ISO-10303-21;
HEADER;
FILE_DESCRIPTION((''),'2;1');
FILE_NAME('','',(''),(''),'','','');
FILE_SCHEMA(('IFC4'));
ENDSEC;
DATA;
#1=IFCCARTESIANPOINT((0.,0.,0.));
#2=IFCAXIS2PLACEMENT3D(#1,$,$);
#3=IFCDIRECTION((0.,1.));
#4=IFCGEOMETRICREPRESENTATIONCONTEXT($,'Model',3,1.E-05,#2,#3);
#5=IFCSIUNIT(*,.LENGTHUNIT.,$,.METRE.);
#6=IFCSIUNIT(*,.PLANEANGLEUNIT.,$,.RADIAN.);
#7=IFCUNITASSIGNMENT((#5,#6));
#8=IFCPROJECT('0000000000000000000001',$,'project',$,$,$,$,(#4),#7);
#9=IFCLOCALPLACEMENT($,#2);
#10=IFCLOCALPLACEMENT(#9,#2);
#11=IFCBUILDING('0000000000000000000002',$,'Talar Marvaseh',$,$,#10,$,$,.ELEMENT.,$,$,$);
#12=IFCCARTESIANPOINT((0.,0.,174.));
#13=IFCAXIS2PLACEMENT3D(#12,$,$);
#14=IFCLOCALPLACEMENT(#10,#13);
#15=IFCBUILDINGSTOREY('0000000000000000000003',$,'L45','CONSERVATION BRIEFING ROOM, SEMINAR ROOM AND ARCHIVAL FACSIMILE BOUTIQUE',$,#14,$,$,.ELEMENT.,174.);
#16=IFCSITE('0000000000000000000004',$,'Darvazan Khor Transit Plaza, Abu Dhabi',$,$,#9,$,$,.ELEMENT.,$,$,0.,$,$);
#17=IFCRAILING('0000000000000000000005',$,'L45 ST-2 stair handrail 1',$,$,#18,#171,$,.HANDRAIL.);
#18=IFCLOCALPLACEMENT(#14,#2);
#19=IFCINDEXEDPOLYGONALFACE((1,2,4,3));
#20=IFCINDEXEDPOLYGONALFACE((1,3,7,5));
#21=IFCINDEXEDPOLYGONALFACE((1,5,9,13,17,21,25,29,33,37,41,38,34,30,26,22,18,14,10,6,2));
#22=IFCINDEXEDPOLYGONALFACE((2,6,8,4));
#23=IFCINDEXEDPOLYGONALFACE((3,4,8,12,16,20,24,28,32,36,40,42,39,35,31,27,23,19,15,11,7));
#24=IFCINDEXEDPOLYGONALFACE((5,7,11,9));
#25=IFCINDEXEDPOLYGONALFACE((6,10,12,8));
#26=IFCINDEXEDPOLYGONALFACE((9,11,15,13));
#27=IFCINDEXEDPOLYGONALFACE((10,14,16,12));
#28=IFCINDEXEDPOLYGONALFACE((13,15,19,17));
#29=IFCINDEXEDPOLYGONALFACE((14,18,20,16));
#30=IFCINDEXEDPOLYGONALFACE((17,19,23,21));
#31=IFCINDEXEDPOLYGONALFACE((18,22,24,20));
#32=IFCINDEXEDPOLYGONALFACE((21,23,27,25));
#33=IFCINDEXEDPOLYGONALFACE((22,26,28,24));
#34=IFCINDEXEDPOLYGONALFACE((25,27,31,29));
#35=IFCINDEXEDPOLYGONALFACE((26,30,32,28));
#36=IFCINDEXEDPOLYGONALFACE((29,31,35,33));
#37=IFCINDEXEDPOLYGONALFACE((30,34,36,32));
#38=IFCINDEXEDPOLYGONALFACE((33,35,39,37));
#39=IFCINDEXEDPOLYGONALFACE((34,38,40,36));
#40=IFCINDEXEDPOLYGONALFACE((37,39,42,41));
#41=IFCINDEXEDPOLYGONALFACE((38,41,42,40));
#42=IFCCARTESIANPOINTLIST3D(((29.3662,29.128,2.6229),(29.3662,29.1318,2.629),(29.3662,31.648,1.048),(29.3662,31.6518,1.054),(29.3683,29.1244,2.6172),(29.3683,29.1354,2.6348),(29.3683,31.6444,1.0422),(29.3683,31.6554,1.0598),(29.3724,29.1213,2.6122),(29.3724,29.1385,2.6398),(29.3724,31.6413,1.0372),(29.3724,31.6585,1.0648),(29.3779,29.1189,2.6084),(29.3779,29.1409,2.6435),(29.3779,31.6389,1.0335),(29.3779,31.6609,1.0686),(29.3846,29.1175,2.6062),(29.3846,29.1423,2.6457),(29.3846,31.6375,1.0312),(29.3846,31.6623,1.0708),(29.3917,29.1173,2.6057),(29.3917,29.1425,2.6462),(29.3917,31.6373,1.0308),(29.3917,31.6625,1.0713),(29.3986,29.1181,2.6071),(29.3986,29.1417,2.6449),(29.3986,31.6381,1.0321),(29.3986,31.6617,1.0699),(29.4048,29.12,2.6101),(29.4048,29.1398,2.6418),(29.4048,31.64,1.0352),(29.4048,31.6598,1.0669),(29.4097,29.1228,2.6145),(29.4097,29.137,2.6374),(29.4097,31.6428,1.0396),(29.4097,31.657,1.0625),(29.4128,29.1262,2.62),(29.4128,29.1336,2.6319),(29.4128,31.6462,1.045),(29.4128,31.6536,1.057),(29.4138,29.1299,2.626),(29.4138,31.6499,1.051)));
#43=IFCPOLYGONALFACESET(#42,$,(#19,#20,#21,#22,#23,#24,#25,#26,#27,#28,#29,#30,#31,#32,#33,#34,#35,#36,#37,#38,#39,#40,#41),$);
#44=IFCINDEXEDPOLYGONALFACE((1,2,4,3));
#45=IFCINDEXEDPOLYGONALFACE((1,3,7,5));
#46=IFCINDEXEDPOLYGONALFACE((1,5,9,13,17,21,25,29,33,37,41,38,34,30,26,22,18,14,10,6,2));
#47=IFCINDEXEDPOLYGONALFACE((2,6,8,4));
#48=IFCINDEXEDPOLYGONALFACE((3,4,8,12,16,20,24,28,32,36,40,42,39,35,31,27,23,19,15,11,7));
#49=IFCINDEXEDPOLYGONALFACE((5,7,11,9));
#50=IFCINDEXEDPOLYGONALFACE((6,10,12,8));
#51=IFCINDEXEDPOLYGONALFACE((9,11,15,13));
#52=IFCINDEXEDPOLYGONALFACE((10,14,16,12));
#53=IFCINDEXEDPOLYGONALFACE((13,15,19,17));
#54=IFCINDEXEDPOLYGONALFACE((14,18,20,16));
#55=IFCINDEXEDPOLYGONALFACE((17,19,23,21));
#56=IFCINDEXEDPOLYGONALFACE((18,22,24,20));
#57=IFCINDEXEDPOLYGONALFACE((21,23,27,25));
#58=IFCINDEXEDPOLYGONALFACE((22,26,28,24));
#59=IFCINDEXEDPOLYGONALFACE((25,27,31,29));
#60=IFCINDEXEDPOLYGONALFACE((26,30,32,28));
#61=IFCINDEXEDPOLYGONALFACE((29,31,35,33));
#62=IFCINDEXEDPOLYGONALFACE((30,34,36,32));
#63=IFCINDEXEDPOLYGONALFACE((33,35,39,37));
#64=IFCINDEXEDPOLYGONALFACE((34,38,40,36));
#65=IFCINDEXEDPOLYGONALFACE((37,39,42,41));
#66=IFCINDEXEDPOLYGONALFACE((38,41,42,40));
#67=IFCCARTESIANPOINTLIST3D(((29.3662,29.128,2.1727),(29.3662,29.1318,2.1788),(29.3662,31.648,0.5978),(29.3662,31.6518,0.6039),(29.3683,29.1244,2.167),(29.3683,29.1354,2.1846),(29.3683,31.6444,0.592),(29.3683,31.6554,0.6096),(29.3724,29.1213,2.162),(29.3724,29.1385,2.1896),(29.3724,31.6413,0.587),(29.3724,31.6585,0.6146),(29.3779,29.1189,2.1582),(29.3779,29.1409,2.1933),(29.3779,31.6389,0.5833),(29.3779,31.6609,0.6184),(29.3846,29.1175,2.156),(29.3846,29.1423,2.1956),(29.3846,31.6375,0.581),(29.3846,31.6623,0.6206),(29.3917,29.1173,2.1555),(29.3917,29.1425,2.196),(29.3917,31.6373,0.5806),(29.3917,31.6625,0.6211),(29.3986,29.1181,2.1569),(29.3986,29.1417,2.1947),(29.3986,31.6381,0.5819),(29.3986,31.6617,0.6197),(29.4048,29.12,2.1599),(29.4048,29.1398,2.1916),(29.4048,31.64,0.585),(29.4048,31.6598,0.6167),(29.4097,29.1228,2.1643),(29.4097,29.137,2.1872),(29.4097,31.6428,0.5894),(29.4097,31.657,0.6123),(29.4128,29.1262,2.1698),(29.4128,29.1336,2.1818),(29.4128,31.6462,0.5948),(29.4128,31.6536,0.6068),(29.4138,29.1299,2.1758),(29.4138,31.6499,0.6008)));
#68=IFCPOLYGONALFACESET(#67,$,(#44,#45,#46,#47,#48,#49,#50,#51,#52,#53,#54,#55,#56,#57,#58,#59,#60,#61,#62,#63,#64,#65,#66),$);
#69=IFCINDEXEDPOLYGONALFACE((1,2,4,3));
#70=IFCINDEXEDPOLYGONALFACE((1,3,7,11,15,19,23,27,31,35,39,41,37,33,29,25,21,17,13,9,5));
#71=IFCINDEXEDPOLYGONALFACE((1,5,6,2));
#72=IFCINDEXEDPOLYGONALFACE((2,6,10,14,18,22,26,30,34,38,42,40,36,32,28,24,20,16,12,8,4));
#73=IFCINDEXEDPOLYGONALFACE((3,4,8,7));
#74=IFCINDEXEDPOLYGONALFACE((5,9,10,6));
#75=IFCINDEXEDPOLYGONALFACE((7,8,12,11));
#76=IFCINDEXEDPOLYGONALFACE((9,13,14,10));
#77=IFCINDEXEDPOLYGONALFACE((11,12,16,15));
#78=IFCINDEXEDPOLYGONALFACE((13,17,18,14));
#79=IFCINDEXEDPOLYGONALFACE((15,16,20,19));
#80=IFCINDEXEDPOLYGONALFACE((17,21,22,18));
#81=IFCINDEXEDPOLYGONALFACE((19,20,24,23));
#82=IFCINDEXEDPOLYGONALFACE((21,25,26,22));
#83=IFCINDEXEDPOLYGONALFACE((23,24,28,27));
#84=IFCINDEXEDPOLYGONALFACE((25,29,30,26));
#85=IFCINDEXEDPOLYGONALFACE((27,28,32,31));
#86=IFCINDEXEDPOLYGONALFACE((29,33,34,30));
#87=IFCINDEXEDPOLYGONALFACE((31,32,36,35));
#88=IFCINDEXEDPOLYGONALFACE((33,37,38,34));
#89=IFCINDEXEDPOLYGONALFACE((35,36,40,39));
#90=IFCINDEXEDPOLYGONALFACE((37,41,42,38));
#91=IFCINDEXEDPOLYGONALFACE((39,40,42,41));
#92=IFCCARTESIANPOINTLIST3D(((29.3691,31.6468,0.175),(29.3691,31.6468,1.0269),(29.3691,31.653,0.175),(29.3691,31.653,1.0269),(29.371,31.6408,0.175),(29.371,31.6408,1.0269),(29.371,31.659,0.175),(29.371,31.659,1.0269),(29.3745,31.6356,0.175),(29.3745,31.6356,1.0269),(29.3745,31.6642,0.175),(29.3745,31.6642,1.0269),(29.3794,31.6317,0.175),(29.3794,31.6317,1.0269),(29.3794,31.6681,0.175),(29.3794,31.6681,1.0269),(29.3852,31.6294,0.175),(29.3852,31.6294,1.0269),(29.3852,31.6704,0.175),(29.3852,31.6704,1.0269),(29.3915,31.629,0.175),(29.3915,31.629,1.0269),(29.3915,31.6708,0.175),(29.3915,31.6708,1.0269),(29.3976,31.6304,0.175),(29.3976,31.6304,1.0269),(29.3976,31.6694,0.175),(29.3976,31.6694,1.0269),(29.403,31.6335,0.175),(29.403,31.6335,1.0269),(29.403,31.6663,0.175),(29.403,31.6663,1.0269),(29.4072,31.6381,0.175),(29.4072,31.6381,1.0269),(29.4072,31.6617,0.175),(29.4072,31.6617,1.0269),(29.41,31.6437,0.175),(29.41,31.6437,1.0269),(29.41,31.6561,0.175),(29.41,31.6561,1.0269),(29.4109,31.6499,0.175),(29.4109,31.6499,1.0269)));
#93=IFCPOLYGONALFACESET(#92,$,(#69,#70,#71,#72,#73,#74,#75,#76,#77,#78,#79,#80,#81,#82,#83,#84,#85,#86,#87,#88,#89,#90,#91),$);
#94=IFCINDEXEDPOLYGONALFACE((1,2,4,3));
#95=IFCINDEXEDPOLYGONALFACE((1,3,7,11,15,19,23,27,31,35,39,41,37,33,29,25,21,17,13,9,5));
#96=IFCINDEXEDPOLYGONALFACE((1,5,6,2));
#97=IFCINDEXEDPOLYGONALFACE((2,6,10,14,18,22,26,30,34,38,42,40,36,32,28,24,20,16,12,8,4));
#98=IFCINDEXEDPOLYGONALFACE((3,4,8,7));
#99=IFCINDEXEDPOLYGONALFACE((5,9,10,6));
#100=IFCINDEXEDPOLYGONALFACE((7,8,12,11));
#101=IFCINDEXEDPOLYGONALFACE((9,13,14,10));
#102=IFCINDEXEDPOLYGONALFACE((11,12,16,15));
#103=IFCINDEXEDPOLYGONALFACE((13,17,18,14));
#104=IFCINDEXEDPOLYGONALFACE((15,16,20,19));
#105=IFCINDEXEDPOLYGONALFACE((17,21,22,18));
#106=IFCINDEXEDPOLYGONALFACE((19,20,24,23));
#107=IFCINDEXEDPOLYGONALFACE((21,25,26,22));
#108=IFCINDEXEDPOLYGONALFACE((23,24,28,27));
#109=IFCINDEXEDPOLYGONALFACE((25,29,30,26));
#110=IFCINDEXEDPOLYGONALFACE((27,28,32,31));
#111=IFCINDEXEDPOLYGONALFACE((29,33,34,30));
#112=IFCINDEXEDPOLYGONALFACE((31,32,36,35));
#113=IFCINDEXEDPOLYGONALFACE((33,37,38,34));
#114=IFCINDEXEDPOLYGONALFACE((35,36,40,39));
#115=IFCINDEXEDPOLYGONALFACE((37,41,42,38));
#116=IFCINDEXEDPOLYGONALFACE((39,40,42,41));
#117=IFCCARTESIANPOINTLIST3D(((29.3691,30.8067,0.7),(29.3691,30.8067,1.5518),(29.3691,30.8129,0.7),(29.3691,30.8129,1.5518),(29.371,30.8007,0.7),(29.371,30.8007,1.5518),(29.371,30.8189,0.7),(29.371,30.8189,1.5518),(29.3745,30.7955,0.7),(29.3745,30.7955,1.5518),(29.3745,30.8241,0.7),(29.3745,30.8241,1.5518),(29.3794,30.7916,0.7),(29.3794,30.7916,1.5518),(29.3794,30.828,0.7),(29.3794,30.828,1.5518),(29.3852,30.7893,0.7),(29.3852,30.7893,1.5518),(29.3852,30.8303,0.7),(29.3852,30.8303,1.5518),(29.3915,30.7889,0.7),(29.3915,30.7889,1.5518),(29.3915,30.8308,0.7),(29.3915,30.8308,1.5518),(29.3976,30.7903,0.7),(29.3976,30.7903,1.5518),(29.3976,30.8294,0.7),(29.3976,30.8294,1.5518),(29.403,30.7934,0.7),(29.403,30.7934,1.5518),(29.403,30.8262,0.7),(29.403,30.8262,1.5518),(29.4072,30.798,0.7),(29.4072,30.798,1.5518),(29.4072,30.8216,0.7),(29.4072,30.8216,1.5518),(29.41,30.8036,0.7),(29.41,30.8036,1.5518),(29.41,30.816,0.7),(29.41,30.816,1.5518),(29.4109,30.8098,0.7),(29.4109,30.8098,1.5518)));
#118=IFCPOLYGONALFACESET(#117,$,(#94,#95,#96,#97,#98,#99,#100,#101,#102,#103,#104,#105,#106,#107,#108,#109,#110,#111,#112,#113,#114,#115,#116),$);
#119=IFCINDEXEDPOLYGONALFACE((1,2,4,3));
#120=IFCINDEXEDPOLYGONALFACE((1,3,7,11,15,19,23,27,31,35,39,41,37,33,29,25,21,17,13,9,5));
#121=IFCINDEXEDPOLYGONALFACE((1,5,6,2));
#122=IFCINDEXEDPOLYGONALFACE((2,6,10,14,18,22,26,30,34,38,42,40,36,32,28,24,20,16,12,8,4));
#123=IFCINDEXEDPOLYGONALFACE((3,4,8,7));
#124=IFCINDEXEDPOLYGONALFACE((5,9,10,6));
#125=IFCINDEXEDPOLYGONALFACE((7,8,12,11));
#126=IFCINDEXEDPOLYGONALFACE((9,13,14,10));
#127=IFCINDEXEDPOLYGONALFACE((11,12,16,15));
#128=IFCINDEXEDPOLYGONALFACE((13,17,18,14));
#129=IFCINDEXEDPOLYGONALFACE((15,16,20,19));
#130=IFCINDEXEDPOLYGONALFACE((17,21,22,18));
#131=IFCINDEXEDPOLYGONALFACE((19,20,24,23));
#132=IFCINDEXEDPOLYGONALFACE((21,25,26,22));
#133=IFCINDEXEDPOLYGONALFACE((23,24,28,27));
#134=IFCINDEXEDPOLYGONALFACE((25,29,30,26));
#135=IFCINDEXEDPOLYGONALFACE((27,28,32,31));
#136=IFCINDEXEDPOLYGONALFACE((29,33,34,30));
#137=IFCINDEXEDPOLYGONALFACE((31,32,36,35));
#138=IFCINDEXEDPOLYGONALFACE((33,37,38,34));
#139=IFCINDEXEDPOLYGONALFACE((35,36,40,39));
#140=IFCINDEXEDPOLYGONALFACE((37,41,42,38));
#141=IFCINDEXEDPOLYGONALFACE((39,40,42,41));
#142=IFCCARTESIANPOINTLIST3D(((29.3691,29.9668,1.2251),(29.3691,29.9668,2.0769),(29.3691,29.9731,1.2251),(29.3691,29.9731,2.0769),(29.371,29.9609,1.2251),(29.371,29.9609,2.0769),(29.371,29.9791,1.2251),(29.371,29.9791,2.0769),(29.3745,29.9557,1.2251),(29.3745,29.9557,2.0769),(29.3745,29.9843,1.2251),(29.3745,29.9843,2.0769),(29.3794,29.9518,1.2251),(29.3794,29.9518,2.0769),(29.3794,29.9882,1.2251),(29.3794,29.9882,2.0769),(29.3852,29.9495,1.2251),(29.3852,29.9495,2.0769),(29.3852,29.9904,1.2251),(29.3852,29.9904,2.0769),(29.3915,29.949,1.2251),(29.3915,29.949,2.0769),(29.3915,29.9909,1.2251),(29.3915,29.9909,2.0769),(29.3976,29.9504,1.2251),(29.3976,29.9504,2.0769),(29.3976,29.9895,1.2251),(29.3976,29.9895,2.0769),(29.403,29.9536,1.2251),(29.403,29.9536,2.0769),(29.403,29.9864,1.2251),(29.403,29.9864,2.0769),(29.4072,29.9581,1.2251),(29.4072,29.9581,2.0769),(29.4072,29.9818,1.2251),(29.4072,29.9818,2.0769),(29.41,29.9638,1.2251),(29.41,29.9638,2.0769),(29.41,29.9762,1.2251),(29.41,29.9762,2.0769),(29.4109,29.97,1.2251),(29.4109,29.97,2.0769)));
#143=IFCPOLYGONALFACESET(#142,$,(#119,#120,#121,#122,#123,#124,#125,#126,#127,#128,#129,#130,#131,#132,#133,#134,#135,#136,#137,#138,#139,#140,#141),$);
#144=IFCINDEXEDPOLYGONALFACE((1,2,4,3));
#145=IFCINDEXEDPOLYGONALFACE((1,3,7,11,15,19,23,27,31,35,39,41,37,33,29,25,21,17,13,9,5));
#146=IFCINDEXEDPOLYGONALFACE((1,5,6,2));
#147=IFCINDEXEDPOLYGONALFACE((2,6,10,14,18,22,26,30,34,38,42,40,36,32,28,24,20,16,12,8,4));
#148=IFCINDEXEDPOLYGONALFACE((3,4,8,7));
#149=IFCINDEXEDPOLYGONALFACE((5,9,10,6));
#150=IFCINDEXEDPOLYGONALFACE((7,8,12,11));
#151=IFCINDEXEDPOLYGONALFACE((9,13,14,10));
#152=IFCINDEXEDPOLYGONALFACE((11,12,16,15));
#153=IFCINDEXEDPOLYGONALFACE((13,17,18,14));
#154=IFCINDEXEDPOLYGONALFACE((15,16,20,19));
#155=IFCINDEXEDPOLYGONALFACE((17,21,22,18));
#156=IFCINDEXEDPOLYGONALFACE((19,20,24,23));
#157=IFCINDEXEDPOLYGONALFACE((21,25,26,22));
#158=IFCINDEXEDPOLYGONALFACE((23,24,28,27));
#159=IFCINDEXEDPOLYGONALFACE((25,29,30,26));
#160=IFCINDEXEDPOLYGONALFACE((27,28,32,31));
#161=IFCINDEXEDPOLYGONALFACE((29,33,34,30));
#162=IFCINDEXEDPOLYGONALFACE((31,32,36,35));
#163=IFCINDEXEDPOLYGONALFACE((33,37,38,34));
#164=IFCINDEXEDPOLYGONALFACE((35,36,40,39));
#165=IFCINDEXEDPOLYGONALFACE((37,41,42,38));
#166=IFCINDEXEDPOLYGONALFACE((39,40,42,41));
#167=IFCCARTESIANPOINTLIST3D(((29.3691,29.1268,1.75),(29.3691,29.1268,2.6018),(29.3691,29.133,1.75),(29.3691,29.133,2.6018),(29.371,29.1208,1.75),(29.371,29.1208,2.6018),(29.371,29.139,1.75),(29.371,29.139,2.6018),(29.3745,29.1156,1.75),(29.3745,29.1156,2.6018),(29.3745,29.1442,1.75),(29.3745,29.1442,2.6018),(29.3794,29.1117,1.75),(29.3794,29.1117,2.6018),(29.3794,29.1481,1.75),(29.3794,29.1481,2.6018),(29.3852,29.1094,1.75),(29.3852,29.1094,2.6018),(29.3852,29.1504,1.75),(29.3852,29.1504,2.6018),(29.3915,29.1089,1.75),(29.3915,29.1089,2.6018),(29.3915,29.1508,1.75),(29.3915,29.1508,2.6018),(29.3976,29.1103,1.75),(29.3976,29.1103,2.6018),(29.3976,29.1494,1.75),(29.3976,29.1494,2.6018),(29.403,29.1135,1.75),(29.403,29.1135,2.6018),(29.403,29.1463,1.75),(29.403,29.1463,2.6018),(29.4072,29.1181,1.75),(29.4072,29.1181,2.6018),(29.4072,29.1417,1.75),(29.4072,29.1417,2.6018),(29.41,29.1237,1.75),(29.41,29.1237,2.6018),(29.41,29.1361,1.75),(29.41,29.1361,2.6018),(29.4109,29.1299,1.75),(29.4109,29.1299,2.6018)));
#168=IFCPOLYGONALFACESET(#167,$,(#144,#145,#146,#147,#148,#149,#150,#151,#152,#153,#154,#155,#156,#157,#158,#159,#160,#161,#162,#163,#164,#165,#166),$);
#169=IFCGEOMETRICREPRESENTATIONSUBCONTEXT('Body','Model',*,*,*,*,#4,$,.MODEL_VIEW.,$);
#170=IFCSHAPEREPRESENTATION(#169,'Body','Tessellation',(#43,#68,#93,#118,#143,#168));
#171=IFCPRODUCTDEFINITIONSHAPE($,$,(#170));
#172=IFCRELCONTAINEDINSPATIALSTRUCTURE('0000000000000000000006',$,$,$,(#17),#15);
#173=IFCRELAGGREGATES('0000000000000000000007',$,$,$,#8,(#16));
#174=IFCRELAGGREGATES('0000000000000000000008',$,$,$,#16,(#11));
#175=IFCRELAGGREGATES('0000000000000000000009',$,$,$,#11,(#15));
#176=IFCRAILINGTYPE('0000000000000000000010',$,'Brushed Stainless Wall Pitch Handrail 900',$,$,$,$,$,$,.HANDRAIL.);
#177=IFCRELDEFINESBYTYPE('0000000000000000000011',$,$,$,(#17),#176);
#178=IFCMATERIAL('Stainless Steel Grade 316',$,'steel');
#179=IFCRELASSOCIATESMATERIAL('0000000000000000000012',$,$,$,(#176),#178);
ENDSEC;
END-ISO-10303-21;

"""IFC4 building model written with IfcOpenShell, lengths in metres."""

from ifc_helpers import new_model, si_unit, direction, frame, origin, origin_2d, place, context, subcontext, project, spatial, circle, extrude, material, type_object, element, save


model = new_model("IFC4")

# Units and contexts
model_context = context("Model", 3, precision=1e-05, world=origin(), true_north=direction((0.0, 1.0)))
body_context = subcontext(model_context, "Body", "Model", "MODEL_VIEW")
ifc_project = project(units=[si_unit("LENGTHUNIT", "METRE"), si_unit("PLANEANGLEUNIT", "RADIAN")], contexts=[model_context])

# Site, building, storey
site_placement = place(None, origin())
site = spatial("IfcSite", under=ifc_project, at=site_placement, Name="Darvazan Khor Transit Plaza, Abu Dhabi", CompositionType="ELEMENT", RefElevation=0.0)
building_placement = place(site_placement, origin())
building = spatial("IfcBuilding", under=site, at=building_placement, Name="Talar Marvaseh", CompositionType="ELEMENT")
storey_placement = place(building_placement, frame((0.0, 0.0, 174.0)))
storey = spatial("IfcBuildingStorey", under=building, at=storey_placement, Name="L45", Description="CONSERVATION BRIEFING ROOM, SEMINAR ROOM AND ARCHIVAL FACSIMILE BOUTIQUE", CompositionType="ELEMENT", Elevation=174.0)

# Shared definitions
ifc_material_1 = material(Name="Stainless Steel Grade 316", Category="steel")

# Railing
railing_type_1 = type_object("IfcRailingType", Name="Brushed Stainless Wall Pitch Handrail 900", PredefinedType="HANDRAIL", material=ifc_material_1)
railing_1_placement = place(storey_placement, frame((29.3899, 31.6499, 0.175)))
element("IfcRailing", 1, at=railing_1_placement, inside=storey, type_object=railing_type_1, Name="L45 ST-2 stair handrail 1", PredefinedType="HANDRAIL", context=body_context, shape_type="SweptSolid", body=[
    extrude(circle(Radius=0.0239, at=origin_2d()), frame((0.0, 0.0, 0.876), z_axis=(0.0, -0.848008, 0.529984), x_axis=(1.0, 0.0, 0.0)), (0.0, 0.0, 1.0), 2.9717),
    extrude(circle(Radius=0.0239, at=origin_2d()), frame((0.0, 0.0, 0.4258), z_axis=(0.0, -0.848008, 0.529984), x_axis=(1.0, 0.0, 0.0)), (0.0, 0.0, 1.0), 2.9717),
    extrude(circle(Radius=0.021, at=origin_2d()), origin(), (0.0, 0.0, 1.0), 0.8518),
    extrude(circle(Radius=0.021, at=origin_2d()), frame((0.0, -0.8401, 0.5249)), (0.0, 0.0, 1.0), 0.8518),
    extrude(circle(Radius=0.021, at=origin_2d()), frame((0.0, -1.6799, 1.05)), (0.0, 0.0, 1.0), 0.8518),
    extrude(circle(Radius=0.021, at=origin_2d()), frame((0.0, -2.52, 1.575)), (0.0, 0.0, 1.0), 0.8518),
])

save(model, "model.ifc")
